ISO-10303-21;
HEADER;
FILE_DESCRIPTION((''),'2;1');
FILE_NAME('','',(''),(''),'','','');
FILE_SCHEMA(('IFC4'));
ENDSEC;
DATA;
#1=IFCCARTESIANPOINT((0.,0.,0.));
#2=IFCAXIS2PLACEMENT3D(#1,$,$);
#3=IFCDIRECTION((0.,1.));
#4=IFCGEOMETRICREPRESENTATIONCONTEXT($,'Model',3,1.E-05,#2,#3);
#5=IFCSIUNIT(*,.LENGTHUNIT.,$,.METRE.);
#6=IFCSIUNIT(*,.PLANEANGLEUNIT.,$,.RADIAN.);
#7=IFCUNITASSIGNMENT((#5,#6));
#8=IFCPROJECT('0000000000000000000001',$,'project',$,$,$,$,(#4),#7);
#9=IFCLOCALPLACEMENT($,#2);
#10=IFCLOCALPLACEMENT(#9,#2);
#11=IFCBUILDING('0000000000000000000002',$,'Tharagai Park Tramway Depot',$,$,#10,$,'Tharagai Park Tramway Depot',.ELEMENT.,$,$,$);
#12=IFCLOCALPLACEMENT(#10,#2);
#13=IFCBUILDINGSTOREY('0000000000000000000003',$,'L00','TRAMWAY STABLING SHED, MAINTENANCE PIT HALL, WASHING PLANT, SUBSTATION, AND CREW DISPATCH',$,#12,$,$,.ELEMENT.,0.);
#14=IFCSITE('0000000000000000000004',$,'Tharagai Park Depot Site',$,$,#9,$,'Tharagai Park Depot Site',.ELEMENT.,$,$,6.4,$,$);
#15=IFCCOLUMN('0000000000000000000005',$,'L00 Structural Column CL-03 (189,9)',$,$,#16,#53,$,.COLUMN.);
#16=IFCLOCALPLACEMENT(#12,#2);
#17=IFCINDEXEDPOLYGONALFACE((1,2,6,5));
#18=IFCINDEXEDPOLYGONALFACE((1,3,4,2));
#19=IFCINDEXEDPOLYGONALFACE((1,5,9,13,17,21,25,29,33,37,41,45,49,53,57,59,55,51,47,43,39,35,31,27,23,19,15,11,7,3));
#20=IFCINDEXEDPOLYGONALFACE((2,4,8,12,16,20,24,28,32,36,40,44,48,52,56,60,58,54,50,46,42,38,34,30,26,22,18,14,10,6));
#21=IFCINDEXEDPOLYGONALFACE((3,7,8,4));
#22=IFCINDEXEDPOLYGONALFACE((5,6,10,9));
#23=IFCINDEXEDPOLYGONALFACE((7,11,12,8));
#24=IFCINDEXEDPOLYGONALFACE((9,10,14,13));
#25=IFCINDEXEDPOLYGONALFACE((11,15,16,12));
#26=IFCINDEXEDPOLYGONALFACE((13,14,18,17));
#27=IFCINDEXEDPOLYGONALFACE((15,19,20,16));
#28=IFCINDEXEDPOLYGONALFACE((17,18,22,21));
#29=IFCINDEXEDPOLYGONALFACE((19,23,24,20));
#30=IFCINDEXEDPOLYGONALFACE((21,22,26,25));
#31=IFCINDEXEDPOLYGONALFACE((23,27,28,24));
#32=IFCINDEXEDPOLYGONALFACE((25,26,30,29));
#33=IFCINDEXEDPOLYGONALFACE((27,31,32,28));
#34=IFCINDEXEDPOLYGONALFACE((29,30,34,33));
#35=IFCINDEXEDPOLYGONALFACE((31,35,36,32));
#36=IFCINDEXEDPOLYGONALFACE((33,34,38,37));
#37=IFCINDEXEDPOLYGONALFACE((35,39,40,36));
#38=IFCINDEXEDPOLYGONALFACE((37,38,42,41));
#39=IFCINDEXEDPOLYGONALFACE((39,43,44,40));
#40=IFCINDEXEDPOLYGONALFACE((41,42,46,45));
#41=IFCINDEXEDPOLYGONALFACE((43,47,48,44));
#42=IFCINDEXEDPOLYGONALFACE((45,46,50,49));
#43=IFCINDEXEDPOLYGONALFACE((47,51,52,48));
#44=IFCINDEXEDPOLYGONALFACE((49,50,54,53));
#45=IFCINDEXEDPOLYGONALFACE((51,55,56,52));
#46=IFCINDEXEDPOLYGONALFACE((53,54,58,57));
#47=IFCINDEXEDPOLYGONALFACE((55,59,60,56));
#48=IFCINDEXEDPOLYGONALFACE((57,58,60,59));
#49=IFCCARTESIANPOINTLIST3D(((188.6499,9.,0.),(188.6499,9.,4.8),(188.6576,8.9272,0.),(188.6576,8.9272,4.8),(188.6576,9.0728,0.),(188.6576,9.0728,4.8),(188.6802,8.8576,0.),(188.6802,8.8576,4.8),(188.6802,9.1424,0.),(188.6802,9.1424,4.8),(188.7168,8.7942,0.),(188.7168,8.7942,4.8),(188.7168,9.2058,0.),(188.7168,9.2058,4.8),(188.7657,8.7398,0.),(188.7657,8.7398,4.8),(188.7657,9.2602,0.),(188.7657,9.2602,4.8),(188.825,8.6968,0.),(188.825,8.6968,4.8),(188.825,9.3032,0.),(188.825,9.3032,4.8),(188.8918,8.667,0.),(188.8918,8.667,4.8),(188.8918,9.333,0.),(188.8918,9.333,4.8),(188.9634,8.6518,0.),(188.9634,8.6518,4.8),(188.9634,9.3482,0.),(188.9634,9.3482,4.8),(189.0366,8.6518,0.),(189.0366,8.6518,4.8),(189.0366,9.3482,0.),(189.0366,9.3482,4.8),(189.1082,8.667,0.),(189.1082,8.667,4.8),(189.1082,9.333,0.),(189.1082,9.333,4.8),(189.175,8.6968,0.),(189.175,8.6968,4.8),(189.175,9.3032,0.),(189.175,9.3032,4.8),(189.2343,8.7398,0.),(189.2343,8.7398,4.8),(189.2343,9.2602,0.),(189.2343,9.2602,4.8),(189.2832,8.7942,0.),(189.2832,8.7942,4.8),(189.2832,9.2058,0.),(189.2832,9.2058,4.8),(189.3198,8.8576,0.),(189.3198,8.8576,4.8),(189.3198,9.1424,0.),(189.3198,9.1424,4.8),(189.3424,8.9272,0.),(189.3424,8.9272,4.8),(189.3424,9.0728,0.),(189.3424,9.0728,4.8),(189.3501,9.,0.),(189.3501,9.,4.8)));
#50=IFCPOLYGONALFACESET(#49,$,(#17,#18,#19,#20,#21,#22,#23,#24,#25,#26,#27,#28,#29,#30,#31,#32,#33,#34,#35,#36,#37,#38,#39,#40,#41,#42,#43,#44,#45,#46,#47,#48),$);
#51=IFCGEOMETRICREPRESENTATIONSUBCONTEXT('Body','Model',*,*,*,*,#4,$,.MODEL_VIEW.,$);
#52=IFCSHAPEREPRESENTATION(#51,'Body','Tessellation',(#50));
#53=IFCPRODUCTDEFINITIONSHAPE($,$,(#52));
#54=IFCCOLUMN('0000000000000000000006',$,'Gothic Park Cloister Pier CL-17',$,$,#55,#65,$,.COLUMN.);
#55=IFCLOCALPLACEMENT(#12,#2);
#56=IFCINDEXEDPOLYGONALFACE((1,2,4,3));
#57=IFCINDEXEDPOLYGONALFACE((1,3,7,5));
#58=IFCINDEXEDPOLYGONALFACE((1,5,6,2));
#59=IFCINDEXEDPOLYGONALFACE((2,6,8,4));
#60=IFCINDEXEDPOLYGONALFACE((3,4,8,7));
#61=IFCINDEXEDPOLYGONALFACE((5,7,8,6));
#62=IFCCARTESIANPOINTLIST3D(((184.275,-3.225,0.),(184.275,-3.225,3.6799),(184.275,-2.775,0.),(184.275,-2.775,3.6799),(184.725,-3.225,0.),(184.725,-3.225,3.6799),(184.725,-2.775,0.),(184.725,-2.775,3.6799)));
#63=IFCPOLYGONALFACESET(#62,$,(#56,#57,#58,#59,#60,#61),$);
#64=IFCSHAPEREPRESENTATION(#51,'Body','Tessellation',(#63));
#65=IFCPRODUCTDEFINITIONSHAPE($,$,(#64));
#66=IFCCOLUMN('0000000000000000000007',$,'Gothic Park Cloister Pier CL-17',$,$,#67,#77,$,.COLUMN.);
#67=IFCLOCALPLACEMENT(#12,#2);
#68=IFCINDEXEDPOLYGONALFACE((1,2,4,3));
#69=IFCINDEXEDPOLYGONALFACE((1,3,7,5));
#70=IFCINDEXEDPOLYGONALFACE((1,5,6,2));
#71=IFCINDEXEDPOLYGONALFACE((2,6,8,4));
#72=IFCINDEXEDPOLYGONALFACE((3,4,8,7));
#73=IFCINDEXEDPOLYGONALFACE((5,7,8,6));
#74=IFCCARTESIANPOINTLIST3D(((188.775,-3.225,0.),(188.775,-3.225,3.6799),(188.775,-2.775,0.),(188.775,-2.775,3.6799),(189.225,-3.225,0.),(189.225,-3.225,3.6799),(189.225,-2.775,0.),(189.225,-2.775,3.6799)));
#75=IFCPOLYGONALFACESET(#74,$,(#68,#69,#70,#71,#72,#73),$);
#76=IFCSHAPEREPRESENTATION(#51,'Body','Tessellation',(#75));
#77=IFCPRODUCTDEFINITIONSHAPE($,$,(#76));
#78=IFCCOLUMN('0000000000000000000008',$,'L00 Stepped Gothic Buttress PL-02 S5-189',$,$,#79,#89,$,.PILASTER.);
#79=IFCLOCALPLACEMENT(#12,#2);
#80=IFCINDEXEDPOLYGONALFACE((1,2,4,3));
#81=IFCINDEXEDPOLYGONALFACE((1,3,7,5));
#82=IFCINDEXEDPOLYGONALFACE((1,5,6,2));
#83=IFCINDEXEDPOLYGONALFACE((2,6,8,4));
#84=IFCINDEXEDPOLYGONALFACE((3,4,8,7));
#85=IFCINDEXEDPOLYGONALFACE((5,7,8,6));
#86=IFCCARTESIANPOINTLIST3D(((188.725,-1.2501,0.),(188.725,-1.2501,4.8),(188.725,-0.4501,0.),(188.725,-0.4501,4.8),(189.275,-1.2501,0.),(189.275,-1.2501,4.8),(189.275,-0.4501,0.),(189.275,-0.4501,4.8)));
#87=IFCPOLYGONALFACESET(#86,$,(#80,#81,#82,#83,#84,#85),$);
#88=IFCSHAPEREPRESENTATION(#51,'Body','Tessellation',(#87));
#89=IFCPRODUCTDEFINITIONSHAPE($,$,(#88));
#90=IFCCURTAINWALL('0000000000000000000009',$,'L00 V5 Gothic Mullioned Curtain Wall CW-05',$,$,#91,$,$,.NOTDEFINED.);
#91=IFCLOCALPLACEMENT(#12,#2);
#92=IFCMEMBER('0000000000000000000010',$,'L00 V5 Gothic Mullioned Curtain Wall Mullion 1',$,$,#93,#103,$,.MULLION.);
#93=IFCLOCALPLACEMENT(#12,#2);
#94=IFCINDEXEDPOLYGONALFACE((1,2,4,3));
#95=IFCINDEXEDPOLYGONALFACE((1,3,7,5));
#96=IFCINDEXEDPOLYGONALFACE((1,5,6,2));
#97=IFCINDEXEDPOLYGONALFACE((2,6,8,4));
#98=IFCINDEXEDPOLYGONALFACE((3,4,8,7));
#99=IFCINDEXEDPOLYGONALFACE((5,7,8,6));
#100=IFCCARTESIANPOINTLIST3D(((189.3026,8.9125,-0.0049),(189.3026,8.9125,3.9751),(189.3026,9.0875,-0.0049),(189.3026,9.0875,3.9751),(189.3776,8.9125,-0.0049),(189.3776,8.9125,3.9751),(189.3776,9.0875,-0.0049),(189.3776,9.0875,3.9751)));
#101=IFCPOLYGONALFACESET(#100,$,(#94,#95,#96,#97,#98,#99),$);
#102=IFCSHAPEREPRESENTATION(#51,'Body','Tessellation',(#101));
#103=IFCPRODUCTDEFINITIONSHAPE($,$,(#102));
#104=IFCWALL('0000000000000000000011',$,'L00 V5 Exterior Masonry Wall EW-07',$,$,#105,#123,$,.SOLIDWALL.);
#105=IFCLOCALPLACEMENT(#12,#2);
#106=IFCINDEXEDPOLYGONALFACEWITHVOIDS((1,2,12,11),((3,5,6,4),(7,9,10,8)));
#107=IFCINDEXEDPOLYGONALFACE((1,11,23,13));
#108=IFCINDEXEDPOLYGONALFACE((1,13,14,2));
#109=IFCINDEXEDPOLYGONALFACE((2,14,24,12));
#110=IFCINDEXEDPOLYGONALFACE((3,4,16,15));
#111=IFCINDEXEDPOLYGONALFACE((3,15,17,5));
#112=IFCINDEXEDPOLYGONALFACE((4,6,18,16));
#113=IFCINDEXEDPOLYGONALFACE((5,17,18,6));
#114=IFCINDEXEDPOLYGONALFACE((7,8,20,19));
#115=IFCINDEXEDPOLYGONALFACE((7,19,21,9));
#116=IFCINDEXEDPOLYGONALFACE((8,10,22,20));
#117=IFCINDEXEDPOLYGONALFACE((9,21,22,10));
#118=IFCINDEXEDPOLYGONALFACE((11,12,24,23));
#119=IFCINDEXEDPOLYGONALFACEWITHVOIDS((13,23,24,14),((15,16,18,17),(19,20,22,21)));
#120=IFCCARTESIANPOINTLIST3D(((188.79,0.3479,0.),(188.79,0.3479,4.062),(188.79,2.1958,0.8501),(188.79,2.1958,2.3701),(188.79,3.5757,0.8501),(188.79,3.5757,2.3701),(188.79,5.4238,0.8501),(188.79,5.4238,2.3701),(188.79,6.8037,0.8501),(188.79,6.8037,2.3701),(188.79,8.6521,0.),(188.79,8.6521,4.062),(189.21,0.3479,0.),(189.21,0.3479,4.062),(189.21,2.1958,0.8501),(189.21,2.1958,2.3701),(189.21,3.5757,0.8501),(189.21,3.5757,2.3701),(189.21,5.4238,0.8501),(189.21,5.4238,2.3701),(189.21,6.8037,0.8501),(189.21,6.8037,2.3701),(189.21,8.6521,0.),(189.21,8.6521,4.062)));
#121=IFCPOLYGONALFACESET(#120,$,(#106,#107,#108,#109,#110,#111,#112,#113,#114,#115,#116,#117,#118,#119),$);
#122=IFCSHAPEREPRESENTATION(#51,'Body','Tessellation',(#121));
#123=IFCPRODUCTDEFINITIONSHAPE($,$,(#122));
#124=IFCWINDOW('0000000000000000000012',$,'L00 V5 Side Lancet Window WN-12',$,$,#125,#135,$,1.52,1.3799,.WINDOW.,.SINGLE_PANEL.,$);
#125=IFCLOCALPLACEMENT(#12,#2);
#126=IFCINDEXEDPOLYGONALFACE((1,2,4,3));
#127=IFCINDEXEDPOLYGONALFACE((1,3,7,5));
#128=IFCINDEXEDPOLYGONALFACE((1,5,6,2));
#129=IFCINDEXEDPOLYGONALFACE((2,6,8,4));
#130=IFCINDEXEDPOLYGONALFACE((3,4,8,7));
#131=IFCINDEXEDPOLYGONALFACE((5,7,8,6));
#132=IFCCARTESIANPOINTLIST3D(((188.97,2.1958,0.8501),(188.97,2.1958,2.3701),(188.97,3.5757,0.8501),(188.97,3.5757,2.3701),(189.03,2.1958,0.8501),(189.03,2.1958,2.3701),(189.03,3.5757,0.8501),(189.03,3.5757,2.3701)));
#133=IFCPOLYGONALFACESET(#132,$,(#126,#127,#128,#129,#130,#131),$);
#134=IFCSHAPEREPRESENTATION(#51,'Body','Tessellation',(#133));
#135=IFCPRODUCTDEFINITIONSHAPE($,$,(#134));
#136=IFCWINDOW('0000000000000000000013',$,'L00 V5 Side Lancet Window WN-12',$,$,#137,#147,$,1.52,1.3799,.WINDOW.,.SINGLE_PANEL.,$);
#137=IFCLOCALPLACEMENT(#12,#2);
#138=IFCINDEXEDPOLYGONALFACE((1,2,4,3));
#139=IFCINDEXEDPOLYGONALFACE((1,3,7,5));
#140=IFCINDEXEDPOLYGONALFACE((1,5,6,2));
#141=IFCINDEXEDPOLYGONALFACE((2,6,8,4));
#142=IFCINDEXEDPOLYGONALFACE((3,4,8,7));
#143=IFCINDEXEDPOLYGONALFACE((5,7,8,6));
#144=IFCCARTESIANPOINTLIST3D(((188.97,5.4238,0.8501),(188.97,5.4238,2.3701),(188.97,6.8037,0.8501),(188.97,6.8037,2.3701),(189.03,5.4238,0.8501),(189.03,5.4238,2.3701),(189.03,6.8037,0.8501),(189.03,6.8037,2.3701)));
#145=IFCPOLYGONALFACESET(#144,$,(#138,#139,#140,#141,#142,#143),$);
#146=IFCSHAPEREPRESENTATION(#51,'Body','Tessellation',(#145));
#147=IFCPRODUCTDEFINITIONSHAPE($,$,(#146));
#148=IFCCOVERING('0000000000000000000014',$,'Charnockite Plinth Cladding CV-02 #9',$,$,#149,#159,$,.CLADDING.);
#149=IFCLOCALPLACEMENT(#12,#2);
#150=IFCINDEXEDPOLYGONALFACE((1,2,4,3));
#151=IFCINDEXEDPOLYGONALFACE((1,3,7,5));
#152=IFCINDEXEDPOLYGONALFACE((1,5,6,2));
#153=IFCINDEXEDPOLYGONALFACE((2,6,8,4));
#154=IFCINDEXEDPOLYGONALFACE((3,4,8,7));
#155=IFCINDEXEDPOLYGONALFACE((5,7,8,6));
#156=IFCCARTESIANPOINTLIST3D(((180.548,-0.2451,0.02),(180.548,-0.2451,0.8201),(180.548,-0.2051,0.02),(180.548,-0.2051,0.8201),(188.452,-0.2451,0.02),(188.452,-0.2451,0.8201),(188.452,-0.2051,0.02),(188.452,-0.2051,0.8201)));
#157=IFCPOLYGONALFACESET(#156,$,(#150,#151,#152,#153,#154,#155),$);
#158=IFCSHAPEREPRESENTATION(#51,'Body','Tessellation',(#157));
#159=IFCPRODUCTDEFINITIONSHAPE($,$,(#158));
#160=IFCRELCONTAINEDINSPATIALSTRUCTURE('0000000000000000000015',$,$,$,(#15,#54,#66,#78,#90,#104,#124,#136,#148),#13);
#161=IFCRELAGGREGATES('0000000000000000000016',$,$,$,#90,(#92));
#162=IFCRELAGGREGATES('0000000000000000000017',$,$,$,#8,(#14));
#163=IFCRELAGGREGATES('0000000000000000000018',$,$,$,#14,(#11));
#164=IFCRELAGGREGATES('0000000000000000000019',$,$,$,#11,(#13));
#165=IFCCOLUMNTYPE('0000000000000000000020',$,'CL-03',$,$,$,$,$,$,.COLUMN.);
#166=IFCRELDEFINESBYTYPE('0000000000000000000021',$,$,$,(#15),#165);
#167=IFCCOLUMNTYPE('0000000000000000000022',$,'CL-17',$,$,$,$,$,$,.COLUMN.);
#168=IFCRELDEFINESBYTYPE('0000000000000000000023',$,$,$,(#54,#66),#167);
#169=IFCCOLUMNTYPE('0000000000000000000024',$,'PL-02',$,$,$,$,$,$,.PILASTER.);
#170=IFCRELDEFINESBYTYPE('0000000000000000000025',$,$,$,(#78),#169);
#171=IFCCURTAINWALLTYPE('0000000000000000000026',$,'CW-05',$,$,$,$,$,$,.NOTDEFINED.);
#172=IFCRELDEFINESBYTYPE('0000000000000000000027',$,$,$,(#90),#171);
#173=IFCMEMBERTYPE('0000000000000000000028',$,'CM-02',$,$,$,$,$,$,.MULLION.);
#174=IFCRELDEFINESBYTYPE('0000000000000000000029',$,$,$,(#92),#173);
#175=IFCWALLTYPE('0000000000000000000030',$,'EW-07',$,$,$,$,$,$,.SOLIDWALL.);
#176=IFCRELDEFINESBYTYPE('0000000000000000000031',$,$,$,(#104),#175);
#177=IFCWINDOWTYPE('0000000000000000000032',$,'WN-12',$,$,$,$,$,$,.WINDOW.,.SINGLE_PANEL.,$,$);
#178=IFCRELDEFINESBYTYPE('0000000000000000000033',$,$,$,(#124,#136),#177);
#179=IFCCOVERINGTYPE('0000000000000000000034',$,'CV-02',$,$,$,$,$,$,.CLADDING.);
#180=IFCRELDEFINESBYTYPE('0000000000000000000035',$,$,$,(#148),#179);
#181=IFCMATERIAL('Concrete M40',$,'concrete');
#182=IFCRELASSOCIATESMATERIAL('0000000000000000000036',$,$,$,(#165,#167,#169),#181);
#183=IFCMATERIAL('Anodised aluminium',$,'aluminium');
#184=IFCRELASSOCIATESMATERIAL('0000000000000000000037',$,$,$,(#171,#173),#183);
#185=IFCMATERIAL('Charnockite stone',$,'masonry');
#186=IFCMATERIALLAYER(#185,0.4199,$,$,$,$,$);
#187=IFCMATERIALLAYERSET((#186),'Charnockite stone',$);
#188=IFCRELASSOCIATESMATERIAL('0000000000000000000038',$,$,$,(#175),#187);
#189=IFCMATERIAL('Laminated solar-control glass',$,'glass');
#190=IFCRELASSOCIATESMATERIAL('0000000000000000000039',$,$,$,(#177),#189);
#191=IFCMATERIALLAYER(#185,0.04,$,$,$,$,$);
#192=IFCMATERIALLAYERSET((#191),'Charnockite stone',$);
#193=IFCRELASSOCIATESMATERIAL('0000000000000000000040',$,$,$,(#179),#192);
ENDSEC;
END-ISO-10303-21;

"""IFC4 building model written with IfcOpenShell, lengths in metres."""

from ifc_helpers import new_model, si_unit, direction, frame, frame_2d, origin, origin_2d, place, context, subcontext, project, spatial, rectangle, circle, extrude, material, layer, layer_set, material_profile, profile_set, type_object, element, fill, aggregate, save


model = new_model("IFC4")

# Units and contexts
model_context = context("Model", 3, precision=1e-05, world=origin(), true_north=direction((0.0, 1.0)))
body_context = subcontext(model_context, "Body", "Model", "MODEL_VIEW")
ifc_project = project(units=[si_unit("LENGTHUNIT", "METRE"), si_unit("PLANEANGLEUNIT", "RADIAN")], contexts=[model_context])

# Site, building, storey
site_placement = place(None, origin())
site = spatial("IfcSite", under=ifc_project, at=site_placement, Name="Tharagai Park Depot Site", LongName="Tharagai Park Depot Site", CompositionType="ELEMENT", RefElevation=6.4)
building_placement = place(site_placement, origin())
building = spatial("IfcBuilding", under=site, at=building_placement, Name="Tharagai Park Tramway Depot", LongName="Tharagai Park Tramway Depot", CompositionType="ELEMENT")
storey_placement = place(building_placement, origin())
storey = spatial("IfcBuildingStorey", under=building, at=storey_placement, Name="L00", Description="TRAMWAY STABLING SHED, MAINTENANCE PIT HALL, WASHING PLANT, SUBSTATION, AND CREW DISPATCH", CompositionType="ELEMENT", Elevation=0.0)

# Shared definitions
ifc_material_1 = material(Name="Concrete M40", Category="concrete")

# Columns
ifc_material_profile_1 = material_profile(ifc_material_1, circle(Radius=0.3501, at=origin_2d()), Name="RC D700")
ifc_profile_set_1 = profile_set([ifc_material_profile_1], Name="Concrete M40")
column_type_1 = type_object("IfcColumnType", Name="CL-03", PredefinedType="COLUMN", material=ifc_profile_set_1)
for number, where, z_axis, x_axis, name in (
    (1, (189.0, 9.0, 0.0), (0.0, 0.0, 1.0), (1.0, 0.0, 0.0), "L00 Structural Column CL-03 (189,9)"),
):
    element("IfcColumn", number, at=place(storey_placement, frame(where, z_axis=z_axis, x_axis=x_axis)), inside=storey, type_object=column_type_1, Name=name, PredefinedType="COLUMN", context=body_context, shape_type="SweptSolid", body=[
        extrude(circle(Radius=0.3501, at=origin_2d()), origin(), (0.0, 0.0, 1.0), 4.8),
    ])
ifc_material_profile_2 = material_profile(ifc_material_1, rectangle(XDim=0.45, YDim=0.45, at=origin_2d()), Name="RC 450x450")
ifc_profile_set_2 = profile_set([ifc_material_profile_2], Name="Concrete M40")
column_type_2 = type_object("IfcColumnType", Name="CL-17", PredefinedType="COLUMN", material=ifc_profile_set_2)
for number, where, z_axis, x_axis, name in (
    (2, (184.5, -3.0, 0.0), (0.0, 0.0, 1.0), (1.0, 0.0, 0.0), "Gothic Park Cloister Pier CL-17"),
    (3, (189.0, -3.0, 0.0), (0.0, 0.0, 1.0), (1.0, 0.0, 0.0), "Gothic Park Cloister Pier CL-17"),
):
    element("IfcColumn", number, at=place(storey_placement, frame(where, z_axis=z_axis, x_axis=x_axis)), inside=storey, type_object=column_type_2, Name=name, PredefinedType="COLUMN", context=body_context, shape_type="SweptSolid", body=[
        extrude(rectangle(XDim=0.45, YDim=0.45, at=origin_2d()), origin(), (0.0, 0.0, 1.0), 3.6799),
    ])
ifc_material_profile_3 = material_profile(ifc_material_1, rectangle(XDim=0.55, YDim=0.8, at=origin_2d()), Name="RC 550x800")
ifc_profile_set_3 = profile_set([ifc_material_profile_3], Name="Concrete M40")
column_type_3 = type_object("IfcColumnType", Name="PL-02", PredefinedType="PILASTER", material=ifc_profile_set_3)
column_placement = place(storey_placement, frame((189.0, -0.8501, 0.0), z_axis=(0.0, 0.0, 1.0), x_axis=(1.0, 0.0, 0.0)))
element("IfcColumn", 4, at=column_placement, inside=storey, type_object=column_type_3, Name="L00 Stepped Gothic Buttress PL-02 S5-189", PredefinedType="PILASTER", context=body_context, shape_type="SweptSolid", body=[
    extrude(rectangle(XDim=0.55, YDim=0.8, at=origin_2d()), origin(), (0.0, 0.0, 1.0), 4.8),
])

# Curtain wall, member
ifc_material_2 = material(Name="Anodised aluminium", Category="aluminium")
curtain_wall_type = type_object("IfcCurtainWallType", Name="CW-05", PredefinedType="NOTDEFINED", material=ifc_material_2)
curtain_wall_placement = place(storey_placement, origin())
curtain_wall = element("IfcCurtainWall", 5, at=curtain_wall_placement, inside=storey, type_object=curtain_wall_type, Name="L00 V5 Gothic Mullioned Curtain Wall CW-05", PredefinedType="NOTDEFINED")
ifc_material_profile_4 = material_profile(ifc_material_2, rectangle(XDim=0.075, YDim=0.175, at=origin_2d()), Name="ALU 75x175")
ifc_profile_set_4 = profile_set([ifc_material_profile_4], Name="Anodised aluminium")
member_type = type_object("IfcMemberType", Name="CM-02", PredefinedType="MULLION", material=ifc_profile_set_4)
member_placement = place(storey_placement, frame((189.3401, 9.0, -0.0049), z_axis=(0.0, 0.0, 1.0), x_axis=(1.0, 0.0, 0.0)))
member = element("IfcMember", 6, at=member_placement, type_object=member_type, Name="L00 V5 Gothic Mullioned Curtain Wall Mullion 1", PredefinedType="MULLION", context=body_context, shape_type="SweptSolid", body=[
    extrude(rectangle(XDim=0.075, YDim=0.175, at=origin_2d()), origin(), (0.0, 0.0, 1.0), 3.98),
])
aggregate(curtain_wall, [member])

# Wall, openings, windows
ifc_material_3 = material(Name="Charnockite stone", Category="masonry")
ifc_layer_1 = layer(ifc_material_3, 0.4199)
ifc_layer_set_1 = layer_set([ifc_layer_1], Name="Charnockite stone")
wall_type = type_object("IfcWallType", Name="EW-07", PredefinedType="SOLIDWALL", material=ifc_layer_set_1)
wall_placement = place(storey_placement, frame((189.0, 0.3479, 0.0), z_axis=(0.0, 0.0, 1.0), x_axis=(0.0, 1.0, 0.0)))
wall = element("IfcWall", 7, at=wall_placement, inside=storey, type_object=wall_type, Name="L00 V5 Exterior Masonry Wall EW-07", PredefinedType="SOLIDWALL", context=body_context, shape_type="SweptSolid", body=[
    extrude(rectangle(XDim=8.3042, YDim=0.4199, at=frame_2d((4.1521, 0.0))), origin(), (0.0, 0.0, 1.0), 4.062),
])
opening_1_placement = place(wall_placement, frame((1.8479, 0.0, 0.8501)))
opening_1 = element("IfcOpeningElement", 8, at=opening_1_placement, cuts=wall, PredefinedType="OPENING", context=body_context, shape_type="SweptSolid", body=[
    extrude(rectangle(XDim=1.3799, YDim=1.52, at=frame_2d((0.6899, 0.76))), frame((0.0, 0.22, 0.0), z_axis=(0.0, -1.0, 0.0), x_axis=(1.0, 0.0, 0.0)), (0.0, 0.0, 1.0), 0.4399),
])
opening_2_placement = place(wall_placement, frame((5.0759, 0.0, 0.8501)))
opening_2 = element("IfcOpeningElement", 9, at=opening_2_placement, cuts=wall, PredefinedType="OPENING", context=body_context, shape_type="SweptSolid", body=[
    extrude(rectangle(XDim=1.3799, YDim=1.52, at=frame_2d((0.6899, 0.76))), frame((0.0, 0.22, 0.0), z_axis=(0.0, -1.0, 0.0), x_axis=(1.0, 0.0, 0.0)), (0.0, 0.0, 1.0), 0.4399),
])
ifc_material_4 = material(Name="Laminated solar-control glass", Category="glass")
window_type = type_object("IfcWindowType", Name="WN-12", PartitioningType="SINGLE_PANEL", PredefinedType="WINDOW", material=ifc_material_4)
window_1_placement = place(opening_1_placement, origin())
window_1 = element("IfcWindow", 10, at=window_1_placement, inside=storey, type_object=window_type, Name="L00 V5 Side Lancet Window WN-12", OverallHeight=1.52, OverallWidth=1.3799, PartitioningType="SINGLE_PANEL", PredefinedType="WINDOW", context=body_context, shape_type="SweptSolid", body=[
    extrude(rectangle(XDim=1.3799, YDim=1.52, at=frame_2d((0.6899, 0.76))), frame((0.0, 0.03, 0.0), z_axis=(0.0, -1.0, 0.0), x_axis=(1.0, 0.0, 0.0)), (0.0, 0.0, 1.0), 0.0601),
])
fill(opening_1, window_1)
window_2_placement = place(opening_2_placement, origin())
window_2 = element("IfcWindow", 11, at=window_2_placement, inside=storey, type_object=window_type, Name="L00 V5 Side Lancet Window WN-12", OverallHeight=1.52, OverallWidth=1.3799, PartitioningType="SINGLE_PANEL", PredefinedType="WINDOW", context=body_context, shape_type="SweptSolid", body=[
    extrude(rectangle(XDim=1.3799, YDim=1.52, at=frame_2d((0.6899, 0.76))), frame((0.0, 0.03, 0.0), z_axis=(0.0, -1.0, 0.0), x_axis=(1.0, 0.0, 0.0)), (0.0, 0.0, 1.0), 0.0601),
])
fill(opening_2, window_2)

# Covering
ifc_layer_2 = layer(ifc_material_3, 0.04)
ifc_layer_set_2 = layer_set([ifc_layer_2], Name="Charnockite stone")
covering_type = type_object("IfcCoveringType", Name="CV-02", PredefinedType="CLADDING", material=ifc_layer_set_2)
covering_placement = place(storey_placement, frame((184.5, -0.2251, 0.02), z_axis=(0.0, 0.0, 1.0), x_axis=(1.0, 0.0, 0.0)))
element("IfcCovering", 12, at=covering_placement, inside=storey, type_object=covering_type, Name="Charnockite Plinth Cladding CV-02 #9", PredefinedType="CLADDING", context=body_context, shape_type="SweptSolid", body=[
    extrude(rectangle(XDim=7.9041, YDim=0.04, at=origin_2d()), origin(), (0.0, 0.0, 1.0), 0.8),
])

save(model, "model.ifc")
